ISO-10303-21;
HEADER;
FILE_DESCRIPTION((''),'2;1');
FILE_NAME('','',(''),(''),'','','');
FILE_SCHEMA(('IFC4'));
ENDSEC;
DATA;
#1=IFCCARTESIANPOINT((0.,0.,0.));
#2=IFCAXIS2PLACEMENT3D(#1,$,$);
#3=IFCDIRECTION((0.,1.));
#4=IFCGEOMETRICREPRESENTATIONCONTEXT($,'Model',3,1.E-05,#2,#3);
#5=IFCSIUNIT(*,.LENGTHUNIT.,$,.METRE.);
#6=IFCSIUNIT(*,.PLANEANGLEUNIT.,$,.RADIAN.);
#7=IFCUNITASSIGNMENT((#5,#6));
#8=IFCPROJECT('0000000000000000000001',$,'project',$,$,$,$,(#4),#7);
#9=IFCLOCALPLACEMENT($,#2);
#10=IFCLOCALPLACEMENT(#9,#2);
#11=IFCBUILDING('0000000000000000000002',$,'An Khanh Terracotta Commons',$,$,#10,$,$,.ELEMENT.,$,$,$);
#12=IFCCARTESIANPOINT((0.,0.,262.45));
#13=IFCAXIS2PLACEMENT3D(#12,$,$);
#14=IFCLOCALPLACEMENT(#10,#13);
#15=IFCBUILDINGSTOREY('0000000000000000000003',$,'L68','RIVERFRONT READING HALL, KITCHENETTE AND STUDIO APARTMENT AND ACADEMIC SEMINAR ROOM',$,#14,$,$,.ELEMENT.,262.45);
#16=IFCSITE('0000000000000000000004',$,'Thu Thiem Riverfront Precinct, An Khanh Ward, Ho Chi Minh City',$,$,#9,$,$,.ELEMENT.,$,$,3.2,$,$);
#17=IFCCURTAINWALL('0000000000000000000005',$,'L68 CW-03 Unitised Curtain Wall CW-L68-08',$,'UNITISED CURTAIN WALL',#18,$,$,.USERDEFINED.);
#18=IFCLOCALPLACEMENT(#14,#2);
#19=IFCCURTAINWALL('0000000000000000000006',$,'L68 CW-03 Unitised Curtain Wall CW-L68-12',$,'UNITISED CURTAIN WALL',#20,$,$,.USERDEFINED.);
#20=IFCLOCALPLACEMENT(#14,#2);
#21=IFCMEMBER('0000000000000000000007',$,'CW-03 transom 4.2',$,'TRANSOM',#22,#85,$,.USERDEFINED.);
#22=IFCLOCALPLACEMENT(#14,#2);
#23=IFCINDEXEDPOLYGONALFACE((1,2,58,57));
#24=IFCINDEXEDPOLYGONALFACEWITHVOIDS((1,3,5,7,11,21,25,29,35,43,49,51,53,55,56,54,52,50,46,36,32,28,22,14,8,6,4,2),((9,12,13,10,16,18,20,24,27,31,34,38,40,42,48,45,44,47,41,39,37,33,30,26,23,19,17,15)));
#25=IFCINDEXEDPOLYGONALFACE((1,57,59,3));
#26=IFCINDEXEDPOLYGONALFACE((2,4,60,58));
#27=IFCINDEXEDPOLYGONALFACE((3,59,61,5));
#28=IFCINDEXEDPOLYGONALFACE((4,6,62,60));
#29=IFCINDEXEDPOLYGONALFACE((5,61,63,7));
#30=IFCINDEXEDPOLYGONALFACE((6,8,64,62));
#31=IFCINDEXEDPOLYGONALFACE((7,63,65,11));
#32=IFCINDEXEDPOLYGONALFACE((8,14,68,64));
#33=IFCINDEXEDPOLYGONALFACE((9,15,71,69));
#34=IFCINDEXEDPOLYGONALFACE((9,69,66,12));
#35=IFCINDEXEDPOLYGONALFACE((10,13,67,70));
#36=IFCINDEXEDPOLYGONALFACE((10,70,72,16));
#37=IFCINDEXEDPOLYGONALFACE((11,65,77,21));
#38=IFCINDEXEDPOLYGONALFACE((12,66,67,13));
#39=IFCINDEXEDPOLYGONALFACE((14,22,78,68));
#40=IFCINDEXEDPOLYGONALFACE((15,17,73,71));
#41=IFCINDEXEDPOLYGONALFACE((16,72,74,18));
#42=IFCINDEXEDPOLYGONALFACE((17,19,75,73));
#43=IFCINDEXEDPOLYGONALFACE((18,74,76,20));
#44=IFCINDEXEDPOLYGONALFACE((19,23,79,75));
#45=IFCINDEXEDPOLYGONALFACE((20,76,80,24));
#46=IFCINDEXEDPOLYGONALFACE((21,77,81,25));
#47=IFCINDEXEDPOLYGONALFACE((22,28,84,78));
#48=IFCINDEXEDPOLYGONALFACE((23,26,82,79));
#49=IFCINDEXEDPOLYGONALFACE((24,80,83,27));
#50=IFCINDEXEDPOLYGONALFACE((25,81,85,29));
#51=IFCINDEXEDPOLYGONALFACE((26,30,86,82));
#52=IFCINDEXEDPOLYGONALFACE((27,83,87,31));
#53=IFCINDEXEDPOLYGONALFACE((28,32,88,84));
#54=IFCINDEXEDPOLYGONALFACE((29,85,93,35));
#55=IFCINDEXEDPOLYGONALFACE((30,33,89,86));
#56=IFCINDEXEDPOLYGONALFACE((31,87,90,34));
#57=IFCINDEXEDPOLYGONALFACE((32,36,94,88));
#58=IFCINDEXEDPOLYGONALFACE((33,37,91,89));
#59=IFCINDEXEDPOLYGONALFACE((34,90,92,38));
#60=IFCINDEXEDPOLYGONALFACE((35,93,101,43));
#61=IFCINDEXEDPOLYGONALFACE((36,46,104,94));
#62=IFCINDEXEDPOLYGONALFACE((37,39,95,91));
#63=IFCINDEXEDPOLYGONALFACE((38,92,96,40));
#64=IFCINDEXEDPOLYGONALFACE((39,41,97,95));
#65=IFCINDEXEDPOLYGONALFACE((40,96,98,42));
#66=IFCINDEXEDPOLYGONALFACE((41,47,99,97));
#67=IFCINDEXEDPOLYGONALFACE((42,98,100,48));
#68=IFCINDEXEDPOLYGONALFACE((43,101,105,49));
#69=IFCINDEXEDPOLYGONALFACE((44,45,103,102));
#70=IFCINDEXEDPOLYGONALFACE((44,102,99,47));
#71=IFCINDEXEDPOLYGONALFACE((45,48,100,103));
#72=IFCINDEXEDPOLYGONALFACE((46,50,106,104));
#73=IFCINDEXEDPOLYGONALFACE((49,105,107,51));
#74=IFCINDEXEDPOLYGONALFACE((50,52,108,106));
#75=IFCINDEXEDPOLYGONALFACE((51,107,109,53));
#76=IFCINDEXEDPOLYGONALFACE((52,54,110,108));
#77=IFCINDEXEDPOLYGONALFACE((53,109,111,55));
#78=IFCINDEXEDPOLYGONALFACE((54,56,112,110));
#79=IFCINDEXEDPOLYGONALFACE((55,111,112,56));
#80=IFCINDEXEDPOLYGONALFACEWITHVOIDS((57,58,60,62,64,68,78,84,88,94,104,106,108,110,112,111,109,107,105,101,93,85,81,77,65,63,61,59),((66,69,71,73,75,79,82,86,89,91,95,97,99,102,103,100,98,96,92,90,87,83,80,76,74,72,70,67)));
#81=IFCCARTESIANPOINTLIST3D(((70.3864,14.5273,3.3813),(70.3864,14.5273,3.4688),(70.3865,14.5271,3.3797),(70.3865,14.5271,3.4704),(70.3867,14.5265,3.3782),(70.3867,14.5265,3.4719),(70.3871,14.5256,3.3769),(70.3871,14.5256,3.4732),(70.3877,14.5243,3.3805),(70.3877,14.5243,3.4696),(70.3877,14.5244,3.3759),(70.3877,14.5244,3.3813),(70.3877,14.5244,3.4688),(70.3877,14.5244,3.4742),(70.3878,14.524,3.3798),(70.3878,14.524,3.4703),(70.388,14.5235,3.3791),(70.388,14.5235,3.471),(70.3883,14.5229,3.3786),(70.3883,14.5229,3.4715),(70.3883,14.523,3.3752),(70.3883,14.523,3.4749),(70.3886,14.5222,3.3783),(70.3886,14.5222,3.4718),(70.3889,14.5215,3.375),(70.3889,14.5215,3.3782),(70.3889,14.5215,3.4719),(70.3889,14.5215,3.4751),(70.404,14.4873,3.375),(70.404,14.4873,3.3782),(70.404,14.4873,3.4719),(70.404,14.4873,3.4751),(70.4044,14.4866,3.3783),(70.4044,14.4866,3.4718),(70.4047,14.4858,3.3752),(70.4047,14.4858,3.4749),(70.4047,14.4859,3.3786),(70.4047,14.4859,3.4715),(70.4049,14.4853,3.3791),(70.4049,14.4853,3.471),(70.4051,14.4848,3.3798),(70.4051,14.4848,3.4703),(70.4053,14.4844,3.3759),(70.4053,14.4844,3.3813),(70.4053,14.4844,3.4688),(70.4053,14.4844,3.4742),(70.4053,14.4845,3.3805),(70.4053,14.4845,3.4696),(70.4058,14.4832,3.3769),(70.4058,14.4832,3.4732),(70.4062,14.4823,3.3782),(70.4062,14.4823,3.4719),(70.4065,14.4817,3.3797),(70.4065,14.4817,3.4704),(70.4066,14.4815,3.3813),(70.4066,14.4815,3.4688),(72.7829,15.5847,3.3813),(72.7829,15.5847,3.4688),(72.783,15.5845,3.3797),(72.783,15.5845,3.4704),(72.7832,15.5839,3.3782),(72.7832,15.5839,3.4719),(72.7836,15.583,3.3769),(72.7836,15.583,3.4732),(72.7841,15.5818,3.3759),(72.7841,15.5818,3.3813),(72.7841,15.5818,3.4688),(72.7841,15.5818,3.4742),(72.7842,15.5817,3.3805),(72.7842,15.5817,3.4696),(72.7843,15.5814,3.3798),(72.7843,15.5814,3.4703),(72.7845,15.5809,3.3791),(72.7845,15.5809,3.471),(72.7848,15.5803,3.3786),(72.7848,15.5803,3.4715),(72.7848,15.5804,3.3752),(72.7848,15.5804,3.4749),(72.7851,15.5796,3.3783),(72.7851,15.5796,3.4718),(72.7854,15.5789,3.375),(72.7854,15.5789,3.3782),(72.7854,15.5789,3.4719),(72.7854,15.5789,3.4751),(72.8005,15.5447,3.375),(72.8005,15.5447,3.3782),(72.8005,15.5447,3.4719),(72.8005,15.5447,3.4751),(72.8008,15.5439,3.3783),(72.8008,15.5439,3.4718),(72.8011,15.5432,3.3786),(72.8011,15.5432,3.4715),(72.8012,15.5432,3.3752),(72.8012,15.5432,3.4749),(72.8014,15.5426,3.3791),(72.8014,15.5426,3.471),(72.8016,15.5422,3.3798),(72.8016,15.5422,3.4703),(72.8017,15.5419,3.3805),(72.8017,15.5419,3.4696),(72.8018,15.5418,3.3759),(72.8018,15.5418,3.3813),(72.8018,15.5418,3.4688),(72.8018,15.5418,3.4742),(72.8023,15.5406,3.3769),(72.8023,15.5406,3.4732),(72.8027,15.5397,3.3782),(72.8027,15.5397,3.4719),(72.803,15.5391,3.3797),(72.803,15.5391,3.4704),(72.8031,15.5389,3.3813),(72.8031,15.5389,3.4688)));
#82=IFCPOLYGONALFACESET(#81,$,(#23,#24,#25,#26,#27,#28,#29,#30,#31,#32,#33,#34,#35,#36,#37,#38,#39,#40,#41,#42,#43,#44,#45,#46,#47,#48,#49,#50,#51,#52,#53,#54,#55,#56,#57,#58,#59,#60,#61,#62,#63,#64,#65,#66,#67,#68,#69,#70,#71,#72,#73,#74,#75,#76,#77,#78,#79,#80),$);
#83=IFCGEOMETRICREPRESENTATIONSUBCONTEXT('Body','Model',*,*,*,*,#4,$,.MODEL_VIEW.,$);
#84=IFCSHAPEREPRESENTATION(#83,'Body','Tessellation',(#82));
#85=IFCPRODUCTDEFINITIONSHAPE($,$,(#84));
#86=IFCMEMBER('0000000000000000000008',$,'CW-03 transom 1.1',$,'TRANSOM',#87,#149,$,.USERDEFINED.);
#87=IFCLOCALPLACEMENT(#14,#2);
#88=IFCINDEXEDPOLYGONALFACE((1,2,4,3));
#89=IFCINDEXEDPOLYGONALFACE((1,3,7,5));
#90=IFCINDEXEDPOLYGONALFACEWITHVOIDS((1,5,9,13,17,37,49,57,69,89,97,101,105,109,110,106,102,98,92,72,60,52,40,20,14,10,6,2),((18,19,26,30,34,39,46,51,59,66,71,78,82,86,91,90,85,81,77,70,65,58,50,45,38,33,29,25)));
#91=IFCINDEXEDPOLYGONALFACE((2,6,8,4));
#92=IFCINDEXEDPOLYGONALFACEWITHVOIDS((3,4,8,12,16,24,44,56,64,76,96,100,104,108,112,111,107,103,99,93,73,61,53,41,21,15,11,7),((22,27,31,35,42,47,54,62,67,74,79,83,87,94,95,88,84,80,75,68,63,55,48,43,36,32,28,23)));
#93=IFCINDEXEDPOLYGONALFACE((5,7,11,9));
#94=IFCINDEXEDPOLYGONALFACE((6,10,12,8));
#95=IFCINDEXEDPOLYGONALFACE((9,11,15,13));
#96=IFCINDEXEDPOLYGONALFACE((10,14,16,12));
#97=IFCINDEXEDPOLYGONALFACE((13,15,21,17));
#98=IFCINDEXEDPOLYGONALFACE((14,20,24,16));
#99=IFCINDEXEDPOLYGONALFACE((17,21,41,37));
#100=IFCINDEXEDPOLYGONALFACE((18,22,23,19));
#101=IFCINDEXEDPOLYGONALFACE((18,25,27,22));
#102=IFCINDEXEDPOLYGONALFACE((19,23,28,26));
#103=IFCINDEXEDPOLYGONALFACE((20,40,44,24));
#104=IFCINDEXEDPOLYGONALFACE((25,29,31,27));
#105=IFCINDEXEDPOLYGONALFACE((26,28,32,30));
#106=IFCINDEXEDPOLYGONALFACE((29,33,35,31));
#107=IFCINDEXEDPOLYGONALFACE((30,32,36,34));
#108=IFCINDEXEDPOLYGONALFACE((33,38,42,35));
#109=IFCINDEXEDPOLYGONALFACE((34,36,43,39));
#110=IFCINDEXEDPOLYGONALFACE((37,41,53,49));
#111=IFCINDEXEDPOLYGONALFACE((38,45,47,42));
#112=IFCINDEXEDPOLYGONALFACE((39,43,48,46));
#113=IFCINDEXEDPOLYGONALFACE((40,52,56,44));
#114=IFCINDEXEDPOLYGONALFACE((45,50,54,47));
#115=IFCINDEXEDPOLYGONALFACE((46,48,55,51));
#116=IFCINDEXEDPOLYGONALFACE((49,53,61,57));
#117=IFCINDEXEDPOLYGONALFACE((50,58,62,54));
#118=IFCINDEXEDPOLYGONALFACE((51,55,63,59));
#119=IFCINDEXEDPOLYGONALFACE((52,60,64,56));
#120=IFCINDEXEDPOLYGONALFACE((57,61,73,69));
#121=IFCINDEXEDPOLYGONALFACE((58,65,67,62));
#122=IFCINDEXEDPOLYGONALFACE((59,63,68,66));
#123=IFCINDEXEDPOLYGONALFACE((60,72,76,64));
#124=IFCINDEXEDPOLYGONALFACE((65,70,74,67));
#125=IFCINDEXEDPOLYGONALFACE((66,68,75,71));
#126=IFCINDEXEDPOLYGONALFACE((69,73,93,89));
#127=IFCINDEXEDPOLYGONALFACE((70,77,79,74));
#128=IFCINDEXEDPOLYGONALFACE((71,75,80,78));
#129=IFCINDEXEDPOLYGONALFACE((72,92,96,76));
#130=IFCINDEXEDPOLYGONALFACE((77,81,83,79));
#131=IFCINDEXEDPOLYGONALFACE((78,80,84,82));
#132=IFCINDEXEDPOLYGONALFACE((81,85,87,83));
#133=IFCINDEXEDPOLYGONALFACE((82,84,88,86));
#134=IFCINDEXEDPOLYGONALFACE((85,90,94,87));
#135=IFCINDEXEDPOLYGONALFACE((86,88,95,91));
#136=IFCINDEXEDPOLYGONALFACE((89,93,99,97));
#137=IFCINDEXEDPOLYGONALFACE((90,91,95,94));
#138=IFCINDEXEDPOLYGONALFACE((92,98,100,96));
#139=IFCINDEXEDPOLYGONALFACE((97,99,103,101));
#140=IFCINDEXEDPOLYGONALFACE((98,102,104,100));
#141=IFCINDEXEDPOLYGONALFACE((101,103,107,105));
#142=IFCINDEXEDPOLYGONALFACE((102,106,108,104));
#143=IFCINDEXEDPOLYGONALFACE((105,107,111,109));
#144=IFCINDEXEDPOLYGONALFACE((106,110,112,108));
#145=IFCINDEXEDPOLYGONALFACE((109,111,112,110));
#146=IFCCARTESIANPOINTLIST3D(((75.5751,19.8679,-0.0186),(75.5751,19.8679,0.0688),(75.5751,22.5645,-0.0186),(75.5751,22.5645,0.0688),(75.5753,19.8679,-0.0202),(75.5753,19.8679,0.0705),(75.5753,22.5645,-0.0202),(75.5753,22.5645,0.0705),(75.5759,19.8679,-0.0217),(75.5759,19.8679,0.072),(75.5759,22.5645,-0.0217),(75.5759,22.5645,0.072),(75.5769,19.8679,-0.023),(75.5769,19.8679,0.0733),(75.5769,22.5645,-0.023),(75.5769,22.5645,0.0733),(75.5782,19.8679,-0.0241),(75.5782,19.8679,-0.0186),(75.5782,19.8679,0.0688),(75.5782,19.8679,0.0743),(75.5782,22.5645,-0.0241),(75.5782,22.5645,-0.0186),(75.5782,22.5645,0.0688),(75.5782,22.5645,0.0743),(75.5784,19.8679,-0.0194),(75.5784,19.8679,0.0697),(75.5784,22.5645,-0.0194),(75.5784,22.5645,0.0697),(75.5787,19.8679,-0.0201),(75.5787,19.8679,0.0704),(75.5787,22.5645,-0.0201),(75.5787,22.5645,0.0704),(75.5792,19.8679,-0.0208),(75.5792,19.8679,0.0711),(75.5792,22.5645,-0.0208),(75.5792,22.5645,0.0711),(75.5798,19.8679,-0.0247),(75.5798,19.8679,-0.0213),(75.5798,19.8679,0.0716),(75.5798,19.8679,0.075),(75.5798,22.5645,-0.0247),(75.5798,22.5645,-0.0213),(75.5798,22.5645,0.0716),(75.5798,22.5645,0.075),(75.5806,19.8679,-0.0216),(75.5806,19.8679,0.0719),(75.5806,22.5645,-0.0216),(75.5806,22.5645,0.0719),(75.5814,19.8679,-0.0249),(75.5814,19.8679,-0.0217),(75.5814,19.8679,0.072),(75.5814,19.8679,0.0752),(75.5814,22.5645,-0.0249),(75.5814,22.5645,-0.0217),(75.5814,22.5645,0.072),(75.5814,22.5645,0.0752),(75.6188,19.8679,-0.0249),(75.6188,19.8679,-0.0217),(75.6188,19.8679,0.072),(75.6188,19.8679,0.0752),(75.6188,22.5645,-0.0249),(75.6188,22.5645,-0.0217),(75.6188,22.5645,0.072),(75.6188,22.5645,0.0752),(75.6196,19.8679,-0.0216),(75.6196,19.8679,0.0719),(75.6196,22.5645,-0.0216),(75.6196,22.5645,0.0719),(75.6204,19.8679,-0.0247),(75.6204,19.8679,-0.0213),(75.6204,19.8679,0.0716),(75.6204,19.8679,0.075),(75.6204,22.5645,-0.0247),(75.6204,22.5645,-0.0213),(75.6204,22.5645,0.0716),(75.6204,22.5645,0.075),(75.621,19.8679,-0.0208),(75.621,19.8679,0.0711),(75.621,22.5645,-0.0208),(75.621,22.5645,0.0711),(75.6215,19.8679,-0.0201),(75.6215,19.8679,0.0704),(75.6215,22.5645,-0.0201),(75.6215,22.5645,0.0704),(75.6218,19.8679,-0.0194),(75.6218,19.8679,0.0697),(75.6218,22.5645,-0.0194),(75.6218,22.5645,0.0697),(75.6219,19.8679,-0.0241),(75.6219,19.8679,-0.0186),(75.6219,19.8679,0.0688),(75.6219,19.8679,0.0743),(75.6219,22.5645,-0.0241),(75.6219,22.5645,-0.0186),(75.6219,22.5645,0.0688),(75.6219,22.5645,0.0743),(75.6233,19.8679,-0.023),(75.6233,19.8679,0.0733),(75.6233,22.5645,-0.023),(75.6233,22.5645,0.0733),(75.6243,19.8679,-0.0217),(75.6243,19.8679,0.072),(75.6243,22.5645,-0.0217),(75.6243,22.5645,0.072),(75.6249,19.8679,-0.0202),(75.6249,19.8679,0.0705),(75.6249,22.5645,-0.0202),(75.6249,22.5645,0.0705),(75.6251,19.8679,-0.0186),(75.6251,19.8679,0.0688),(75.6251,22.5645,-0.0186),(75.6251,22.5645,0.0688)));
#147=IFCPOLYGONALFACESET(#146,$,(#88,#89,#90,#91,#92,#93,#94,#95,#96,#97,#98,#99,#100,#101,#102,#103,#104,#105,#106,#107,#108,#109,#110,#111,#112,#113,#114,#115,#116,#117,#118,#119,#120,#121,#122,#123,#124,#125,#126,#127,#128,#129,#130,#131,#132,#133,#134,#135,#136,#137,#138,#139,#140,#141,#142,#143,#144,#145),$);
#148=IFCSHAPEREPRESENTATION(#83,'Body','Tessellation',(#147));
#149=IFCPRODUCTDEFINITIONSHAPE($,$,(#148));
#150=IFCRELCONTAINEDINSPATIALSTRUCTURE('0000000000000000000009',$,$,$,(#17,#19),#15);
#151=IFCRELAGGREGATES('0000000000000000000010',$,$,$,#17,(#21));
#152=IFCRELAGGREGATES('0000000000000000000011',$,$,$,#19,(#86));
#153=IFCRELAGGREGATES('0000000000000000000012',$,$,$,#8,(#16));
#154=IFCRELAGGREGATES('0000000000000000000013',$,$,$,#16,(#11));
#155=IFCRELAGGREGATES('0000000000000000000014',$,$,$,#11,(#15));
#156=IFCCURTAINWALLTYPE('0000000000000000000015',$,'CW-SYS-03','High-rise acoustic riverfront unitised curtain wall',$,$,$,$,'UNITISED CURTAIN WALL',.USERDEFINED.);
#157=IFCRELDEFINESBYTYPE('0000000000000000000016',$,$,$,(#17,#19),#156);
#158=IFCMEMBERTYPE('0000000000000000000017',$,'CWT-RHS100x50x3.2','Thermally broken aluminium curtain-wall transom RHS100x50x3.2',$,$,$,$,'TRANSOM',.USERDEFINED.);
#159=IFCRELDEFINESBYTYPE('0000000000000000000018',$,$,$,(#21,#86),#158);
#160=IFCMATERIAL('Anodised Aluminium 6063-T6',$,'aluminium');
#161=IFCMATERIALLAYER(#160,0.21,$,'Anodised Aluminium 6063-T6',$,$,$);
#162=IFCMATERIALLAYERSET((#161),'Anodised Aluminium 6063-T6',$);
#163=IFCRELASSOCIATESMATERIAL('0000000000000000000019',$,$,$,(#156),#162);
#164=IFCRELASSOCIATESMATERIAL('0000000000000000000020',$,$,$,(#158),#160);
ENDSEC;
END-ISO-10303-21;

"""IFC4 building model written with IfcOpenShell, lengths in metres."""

from ifc_helpers import new_model, si_unit, direction, frame, origin, origin_2d, place, context, subcontext, project, spatial, hollow_rectangle, extrude, material, layer, layer_set, material_profile, profile_set, type_object, element, aggregate, save


model = new_model("IFC4")

# Units and contexts
model_context = context("Model", 3, precision=1e-05, world=origin(), true_north=direction((0.0, 1.0)))
body_context = subcontext(model_context, "Body", "Model", "MODEL_VIEW")
ifc_project = project(units=[si_unit("LENGTHUNIT", "METRE"), si_unit("PLANEANGLEUNIT", "RADIAN")], contexts=[model_context])

# Site, building, storey
site_placement = place(None, origin())
site = spatial("IfcSite", under=ifc_project, at=site_placement, Name="Thu Thiem Riverfront Precinct, An Khanh Ward, Ho Chi Minh City", CompositionType="ELEMENT", RefElevation=3.2)
building_placement = place(site_placement, origin())
building = spatial("IfcBuilding", under=site, at=building_placement, Name="An Khanh Terracotta Commons", CompositionType="ELEMENT")
storey_placement = place(building_placement, frame((0.0, 0.0, 262.45)))
storey = spatial("IfcBuildingStorey", under=building, at=storey_placement, Name="L68", Description="RIVERFRONT READING HALL, KITCHENETTE AND STUDIO APARTMENT AND ACADEMIC SEMINAR ROOM", CompositionType="ELEMENT", Elevation=262.45)

# Curtain walls
ifc_material_1 = material(Name="Anodised Aluminium 6063-T6", Category="aluminium")
ifc_layer_1 = layer(ifc_material_1, 0.21, Name="Anodised Aluminium 6063-T6")
ifc_layer_set_1 = layer_set([ifc_layer_1], Name="Anodised Aluminium 6063-T6")
curtain_wall_type = type_object("IfcCurtainWallType", Name="CW-SYS-03", Description="High-rise acoustic riverfront unitised curtain wall", ElementType="UNITISED CURTAIN WALL", PredefinedType="USERDEFINED", material=ifc_layer_set_1)
curtain_wall_1_placement = place(storey_placement, origin())
curtain_wall_1 = element("IfcCurtainWall", 1, at=curtain_wall_1_placement, inside=storey, type_object=curtain_wall_type, Name="L68 CW-03 Unitised Curtain Wall CW-L68-08", ObjectType="UNITISED CURTAIN WALL", PredefinedType="USERDEFINED")
curtain_wall_2_placement = place(storey_placement, origin())
curtain_wall_2 = element("IfcCurtainWall", 2, at=curtain_wall_2_placement, inside=storey, type_object=curtain_wall_type, Name="L68 CW-03 Unitised Curtain Wall CW-L68-12", ObjectType="UNITISED CURTAIN WALL", PredefinedType="USERDEFINED")

# Members
ifc_material_profile_1 = material_profile(ifc_material_1, hollow_rectangle(XDim=0.05, YDim=0.1001, WallThickness=0.0032, InnerFilletRadius=0.0032, OuterFilletRadius=0.0063, at=origin_2d()), Name="RHS100x50x3.2")
ifc_profile_set_1 = profile_set([ifc_material_profile_1], Name="Anodised Aluminium 6063-T6")
member_type_1 = type_object("IfcMemberType", Name="CWT-RHS100x50x3.2", Description="Thermally broken aluminium curtain-wall transom RHS100x50x3.2", ElementType="TRANSOM", PredefinedType="USERDEFINED", material=ifc_profile_set_1)
member_1_placement = place(storey_placement, frame((70.3965, 14.5044, 3.425), z_axis=(0.914904, 0.403672, 0.0), x_axis=(-0.403672, 0.914904, 0.0)))
member_1 = element("IfcMember", 3, at=member_1_placement, type_object=member_type_1, Name="CW-03 transom 4.2", ObjectType="TRANSOM", PredefinedType="USERDEFINED", context=body_context, shape_type="SweptSolid", body=[
    extrude(hollow_rectangle(XDim=0.05, YDim=0.1001, WallThickness=0.0032, InnerFilletRadius=0.0032, OuterFilletRadius=0.0063, at=origin_2d()), origin(), (0.0, 0.0, 1.0), 2.6194),
])
member_2_placement = place(storey_placement, frame((75.6001, 19.8679, 0.0251), z_axis=(0.0, 1.0, 0.0), x_axis=(-1.0, 0.0, 0.0)))
member_2 = element("IfcMember", 4, at=member_2_placement, type_object=member_type_1, Name="CW-03 transom 1.1", ObjectType="TRANSOM", PredefinedType="USERDEFINED", context=body_context, shape_type="SweptSolid", body=[
    extrude(hollow_rectangle(XDim=0.05, YDim=0.1001, WallThickness=0.0032, InnerFilletRadius=0.0032, OuterFilletRadius=0.0063, at=origin_2d()), origin(), (0.0, 0.0, 1.0), 2.6965),
])

aggregate(curtain_wall_1, [member_1])
aggregate(curtain_wall_2, [member_2])

save(model, "model.ifc")
